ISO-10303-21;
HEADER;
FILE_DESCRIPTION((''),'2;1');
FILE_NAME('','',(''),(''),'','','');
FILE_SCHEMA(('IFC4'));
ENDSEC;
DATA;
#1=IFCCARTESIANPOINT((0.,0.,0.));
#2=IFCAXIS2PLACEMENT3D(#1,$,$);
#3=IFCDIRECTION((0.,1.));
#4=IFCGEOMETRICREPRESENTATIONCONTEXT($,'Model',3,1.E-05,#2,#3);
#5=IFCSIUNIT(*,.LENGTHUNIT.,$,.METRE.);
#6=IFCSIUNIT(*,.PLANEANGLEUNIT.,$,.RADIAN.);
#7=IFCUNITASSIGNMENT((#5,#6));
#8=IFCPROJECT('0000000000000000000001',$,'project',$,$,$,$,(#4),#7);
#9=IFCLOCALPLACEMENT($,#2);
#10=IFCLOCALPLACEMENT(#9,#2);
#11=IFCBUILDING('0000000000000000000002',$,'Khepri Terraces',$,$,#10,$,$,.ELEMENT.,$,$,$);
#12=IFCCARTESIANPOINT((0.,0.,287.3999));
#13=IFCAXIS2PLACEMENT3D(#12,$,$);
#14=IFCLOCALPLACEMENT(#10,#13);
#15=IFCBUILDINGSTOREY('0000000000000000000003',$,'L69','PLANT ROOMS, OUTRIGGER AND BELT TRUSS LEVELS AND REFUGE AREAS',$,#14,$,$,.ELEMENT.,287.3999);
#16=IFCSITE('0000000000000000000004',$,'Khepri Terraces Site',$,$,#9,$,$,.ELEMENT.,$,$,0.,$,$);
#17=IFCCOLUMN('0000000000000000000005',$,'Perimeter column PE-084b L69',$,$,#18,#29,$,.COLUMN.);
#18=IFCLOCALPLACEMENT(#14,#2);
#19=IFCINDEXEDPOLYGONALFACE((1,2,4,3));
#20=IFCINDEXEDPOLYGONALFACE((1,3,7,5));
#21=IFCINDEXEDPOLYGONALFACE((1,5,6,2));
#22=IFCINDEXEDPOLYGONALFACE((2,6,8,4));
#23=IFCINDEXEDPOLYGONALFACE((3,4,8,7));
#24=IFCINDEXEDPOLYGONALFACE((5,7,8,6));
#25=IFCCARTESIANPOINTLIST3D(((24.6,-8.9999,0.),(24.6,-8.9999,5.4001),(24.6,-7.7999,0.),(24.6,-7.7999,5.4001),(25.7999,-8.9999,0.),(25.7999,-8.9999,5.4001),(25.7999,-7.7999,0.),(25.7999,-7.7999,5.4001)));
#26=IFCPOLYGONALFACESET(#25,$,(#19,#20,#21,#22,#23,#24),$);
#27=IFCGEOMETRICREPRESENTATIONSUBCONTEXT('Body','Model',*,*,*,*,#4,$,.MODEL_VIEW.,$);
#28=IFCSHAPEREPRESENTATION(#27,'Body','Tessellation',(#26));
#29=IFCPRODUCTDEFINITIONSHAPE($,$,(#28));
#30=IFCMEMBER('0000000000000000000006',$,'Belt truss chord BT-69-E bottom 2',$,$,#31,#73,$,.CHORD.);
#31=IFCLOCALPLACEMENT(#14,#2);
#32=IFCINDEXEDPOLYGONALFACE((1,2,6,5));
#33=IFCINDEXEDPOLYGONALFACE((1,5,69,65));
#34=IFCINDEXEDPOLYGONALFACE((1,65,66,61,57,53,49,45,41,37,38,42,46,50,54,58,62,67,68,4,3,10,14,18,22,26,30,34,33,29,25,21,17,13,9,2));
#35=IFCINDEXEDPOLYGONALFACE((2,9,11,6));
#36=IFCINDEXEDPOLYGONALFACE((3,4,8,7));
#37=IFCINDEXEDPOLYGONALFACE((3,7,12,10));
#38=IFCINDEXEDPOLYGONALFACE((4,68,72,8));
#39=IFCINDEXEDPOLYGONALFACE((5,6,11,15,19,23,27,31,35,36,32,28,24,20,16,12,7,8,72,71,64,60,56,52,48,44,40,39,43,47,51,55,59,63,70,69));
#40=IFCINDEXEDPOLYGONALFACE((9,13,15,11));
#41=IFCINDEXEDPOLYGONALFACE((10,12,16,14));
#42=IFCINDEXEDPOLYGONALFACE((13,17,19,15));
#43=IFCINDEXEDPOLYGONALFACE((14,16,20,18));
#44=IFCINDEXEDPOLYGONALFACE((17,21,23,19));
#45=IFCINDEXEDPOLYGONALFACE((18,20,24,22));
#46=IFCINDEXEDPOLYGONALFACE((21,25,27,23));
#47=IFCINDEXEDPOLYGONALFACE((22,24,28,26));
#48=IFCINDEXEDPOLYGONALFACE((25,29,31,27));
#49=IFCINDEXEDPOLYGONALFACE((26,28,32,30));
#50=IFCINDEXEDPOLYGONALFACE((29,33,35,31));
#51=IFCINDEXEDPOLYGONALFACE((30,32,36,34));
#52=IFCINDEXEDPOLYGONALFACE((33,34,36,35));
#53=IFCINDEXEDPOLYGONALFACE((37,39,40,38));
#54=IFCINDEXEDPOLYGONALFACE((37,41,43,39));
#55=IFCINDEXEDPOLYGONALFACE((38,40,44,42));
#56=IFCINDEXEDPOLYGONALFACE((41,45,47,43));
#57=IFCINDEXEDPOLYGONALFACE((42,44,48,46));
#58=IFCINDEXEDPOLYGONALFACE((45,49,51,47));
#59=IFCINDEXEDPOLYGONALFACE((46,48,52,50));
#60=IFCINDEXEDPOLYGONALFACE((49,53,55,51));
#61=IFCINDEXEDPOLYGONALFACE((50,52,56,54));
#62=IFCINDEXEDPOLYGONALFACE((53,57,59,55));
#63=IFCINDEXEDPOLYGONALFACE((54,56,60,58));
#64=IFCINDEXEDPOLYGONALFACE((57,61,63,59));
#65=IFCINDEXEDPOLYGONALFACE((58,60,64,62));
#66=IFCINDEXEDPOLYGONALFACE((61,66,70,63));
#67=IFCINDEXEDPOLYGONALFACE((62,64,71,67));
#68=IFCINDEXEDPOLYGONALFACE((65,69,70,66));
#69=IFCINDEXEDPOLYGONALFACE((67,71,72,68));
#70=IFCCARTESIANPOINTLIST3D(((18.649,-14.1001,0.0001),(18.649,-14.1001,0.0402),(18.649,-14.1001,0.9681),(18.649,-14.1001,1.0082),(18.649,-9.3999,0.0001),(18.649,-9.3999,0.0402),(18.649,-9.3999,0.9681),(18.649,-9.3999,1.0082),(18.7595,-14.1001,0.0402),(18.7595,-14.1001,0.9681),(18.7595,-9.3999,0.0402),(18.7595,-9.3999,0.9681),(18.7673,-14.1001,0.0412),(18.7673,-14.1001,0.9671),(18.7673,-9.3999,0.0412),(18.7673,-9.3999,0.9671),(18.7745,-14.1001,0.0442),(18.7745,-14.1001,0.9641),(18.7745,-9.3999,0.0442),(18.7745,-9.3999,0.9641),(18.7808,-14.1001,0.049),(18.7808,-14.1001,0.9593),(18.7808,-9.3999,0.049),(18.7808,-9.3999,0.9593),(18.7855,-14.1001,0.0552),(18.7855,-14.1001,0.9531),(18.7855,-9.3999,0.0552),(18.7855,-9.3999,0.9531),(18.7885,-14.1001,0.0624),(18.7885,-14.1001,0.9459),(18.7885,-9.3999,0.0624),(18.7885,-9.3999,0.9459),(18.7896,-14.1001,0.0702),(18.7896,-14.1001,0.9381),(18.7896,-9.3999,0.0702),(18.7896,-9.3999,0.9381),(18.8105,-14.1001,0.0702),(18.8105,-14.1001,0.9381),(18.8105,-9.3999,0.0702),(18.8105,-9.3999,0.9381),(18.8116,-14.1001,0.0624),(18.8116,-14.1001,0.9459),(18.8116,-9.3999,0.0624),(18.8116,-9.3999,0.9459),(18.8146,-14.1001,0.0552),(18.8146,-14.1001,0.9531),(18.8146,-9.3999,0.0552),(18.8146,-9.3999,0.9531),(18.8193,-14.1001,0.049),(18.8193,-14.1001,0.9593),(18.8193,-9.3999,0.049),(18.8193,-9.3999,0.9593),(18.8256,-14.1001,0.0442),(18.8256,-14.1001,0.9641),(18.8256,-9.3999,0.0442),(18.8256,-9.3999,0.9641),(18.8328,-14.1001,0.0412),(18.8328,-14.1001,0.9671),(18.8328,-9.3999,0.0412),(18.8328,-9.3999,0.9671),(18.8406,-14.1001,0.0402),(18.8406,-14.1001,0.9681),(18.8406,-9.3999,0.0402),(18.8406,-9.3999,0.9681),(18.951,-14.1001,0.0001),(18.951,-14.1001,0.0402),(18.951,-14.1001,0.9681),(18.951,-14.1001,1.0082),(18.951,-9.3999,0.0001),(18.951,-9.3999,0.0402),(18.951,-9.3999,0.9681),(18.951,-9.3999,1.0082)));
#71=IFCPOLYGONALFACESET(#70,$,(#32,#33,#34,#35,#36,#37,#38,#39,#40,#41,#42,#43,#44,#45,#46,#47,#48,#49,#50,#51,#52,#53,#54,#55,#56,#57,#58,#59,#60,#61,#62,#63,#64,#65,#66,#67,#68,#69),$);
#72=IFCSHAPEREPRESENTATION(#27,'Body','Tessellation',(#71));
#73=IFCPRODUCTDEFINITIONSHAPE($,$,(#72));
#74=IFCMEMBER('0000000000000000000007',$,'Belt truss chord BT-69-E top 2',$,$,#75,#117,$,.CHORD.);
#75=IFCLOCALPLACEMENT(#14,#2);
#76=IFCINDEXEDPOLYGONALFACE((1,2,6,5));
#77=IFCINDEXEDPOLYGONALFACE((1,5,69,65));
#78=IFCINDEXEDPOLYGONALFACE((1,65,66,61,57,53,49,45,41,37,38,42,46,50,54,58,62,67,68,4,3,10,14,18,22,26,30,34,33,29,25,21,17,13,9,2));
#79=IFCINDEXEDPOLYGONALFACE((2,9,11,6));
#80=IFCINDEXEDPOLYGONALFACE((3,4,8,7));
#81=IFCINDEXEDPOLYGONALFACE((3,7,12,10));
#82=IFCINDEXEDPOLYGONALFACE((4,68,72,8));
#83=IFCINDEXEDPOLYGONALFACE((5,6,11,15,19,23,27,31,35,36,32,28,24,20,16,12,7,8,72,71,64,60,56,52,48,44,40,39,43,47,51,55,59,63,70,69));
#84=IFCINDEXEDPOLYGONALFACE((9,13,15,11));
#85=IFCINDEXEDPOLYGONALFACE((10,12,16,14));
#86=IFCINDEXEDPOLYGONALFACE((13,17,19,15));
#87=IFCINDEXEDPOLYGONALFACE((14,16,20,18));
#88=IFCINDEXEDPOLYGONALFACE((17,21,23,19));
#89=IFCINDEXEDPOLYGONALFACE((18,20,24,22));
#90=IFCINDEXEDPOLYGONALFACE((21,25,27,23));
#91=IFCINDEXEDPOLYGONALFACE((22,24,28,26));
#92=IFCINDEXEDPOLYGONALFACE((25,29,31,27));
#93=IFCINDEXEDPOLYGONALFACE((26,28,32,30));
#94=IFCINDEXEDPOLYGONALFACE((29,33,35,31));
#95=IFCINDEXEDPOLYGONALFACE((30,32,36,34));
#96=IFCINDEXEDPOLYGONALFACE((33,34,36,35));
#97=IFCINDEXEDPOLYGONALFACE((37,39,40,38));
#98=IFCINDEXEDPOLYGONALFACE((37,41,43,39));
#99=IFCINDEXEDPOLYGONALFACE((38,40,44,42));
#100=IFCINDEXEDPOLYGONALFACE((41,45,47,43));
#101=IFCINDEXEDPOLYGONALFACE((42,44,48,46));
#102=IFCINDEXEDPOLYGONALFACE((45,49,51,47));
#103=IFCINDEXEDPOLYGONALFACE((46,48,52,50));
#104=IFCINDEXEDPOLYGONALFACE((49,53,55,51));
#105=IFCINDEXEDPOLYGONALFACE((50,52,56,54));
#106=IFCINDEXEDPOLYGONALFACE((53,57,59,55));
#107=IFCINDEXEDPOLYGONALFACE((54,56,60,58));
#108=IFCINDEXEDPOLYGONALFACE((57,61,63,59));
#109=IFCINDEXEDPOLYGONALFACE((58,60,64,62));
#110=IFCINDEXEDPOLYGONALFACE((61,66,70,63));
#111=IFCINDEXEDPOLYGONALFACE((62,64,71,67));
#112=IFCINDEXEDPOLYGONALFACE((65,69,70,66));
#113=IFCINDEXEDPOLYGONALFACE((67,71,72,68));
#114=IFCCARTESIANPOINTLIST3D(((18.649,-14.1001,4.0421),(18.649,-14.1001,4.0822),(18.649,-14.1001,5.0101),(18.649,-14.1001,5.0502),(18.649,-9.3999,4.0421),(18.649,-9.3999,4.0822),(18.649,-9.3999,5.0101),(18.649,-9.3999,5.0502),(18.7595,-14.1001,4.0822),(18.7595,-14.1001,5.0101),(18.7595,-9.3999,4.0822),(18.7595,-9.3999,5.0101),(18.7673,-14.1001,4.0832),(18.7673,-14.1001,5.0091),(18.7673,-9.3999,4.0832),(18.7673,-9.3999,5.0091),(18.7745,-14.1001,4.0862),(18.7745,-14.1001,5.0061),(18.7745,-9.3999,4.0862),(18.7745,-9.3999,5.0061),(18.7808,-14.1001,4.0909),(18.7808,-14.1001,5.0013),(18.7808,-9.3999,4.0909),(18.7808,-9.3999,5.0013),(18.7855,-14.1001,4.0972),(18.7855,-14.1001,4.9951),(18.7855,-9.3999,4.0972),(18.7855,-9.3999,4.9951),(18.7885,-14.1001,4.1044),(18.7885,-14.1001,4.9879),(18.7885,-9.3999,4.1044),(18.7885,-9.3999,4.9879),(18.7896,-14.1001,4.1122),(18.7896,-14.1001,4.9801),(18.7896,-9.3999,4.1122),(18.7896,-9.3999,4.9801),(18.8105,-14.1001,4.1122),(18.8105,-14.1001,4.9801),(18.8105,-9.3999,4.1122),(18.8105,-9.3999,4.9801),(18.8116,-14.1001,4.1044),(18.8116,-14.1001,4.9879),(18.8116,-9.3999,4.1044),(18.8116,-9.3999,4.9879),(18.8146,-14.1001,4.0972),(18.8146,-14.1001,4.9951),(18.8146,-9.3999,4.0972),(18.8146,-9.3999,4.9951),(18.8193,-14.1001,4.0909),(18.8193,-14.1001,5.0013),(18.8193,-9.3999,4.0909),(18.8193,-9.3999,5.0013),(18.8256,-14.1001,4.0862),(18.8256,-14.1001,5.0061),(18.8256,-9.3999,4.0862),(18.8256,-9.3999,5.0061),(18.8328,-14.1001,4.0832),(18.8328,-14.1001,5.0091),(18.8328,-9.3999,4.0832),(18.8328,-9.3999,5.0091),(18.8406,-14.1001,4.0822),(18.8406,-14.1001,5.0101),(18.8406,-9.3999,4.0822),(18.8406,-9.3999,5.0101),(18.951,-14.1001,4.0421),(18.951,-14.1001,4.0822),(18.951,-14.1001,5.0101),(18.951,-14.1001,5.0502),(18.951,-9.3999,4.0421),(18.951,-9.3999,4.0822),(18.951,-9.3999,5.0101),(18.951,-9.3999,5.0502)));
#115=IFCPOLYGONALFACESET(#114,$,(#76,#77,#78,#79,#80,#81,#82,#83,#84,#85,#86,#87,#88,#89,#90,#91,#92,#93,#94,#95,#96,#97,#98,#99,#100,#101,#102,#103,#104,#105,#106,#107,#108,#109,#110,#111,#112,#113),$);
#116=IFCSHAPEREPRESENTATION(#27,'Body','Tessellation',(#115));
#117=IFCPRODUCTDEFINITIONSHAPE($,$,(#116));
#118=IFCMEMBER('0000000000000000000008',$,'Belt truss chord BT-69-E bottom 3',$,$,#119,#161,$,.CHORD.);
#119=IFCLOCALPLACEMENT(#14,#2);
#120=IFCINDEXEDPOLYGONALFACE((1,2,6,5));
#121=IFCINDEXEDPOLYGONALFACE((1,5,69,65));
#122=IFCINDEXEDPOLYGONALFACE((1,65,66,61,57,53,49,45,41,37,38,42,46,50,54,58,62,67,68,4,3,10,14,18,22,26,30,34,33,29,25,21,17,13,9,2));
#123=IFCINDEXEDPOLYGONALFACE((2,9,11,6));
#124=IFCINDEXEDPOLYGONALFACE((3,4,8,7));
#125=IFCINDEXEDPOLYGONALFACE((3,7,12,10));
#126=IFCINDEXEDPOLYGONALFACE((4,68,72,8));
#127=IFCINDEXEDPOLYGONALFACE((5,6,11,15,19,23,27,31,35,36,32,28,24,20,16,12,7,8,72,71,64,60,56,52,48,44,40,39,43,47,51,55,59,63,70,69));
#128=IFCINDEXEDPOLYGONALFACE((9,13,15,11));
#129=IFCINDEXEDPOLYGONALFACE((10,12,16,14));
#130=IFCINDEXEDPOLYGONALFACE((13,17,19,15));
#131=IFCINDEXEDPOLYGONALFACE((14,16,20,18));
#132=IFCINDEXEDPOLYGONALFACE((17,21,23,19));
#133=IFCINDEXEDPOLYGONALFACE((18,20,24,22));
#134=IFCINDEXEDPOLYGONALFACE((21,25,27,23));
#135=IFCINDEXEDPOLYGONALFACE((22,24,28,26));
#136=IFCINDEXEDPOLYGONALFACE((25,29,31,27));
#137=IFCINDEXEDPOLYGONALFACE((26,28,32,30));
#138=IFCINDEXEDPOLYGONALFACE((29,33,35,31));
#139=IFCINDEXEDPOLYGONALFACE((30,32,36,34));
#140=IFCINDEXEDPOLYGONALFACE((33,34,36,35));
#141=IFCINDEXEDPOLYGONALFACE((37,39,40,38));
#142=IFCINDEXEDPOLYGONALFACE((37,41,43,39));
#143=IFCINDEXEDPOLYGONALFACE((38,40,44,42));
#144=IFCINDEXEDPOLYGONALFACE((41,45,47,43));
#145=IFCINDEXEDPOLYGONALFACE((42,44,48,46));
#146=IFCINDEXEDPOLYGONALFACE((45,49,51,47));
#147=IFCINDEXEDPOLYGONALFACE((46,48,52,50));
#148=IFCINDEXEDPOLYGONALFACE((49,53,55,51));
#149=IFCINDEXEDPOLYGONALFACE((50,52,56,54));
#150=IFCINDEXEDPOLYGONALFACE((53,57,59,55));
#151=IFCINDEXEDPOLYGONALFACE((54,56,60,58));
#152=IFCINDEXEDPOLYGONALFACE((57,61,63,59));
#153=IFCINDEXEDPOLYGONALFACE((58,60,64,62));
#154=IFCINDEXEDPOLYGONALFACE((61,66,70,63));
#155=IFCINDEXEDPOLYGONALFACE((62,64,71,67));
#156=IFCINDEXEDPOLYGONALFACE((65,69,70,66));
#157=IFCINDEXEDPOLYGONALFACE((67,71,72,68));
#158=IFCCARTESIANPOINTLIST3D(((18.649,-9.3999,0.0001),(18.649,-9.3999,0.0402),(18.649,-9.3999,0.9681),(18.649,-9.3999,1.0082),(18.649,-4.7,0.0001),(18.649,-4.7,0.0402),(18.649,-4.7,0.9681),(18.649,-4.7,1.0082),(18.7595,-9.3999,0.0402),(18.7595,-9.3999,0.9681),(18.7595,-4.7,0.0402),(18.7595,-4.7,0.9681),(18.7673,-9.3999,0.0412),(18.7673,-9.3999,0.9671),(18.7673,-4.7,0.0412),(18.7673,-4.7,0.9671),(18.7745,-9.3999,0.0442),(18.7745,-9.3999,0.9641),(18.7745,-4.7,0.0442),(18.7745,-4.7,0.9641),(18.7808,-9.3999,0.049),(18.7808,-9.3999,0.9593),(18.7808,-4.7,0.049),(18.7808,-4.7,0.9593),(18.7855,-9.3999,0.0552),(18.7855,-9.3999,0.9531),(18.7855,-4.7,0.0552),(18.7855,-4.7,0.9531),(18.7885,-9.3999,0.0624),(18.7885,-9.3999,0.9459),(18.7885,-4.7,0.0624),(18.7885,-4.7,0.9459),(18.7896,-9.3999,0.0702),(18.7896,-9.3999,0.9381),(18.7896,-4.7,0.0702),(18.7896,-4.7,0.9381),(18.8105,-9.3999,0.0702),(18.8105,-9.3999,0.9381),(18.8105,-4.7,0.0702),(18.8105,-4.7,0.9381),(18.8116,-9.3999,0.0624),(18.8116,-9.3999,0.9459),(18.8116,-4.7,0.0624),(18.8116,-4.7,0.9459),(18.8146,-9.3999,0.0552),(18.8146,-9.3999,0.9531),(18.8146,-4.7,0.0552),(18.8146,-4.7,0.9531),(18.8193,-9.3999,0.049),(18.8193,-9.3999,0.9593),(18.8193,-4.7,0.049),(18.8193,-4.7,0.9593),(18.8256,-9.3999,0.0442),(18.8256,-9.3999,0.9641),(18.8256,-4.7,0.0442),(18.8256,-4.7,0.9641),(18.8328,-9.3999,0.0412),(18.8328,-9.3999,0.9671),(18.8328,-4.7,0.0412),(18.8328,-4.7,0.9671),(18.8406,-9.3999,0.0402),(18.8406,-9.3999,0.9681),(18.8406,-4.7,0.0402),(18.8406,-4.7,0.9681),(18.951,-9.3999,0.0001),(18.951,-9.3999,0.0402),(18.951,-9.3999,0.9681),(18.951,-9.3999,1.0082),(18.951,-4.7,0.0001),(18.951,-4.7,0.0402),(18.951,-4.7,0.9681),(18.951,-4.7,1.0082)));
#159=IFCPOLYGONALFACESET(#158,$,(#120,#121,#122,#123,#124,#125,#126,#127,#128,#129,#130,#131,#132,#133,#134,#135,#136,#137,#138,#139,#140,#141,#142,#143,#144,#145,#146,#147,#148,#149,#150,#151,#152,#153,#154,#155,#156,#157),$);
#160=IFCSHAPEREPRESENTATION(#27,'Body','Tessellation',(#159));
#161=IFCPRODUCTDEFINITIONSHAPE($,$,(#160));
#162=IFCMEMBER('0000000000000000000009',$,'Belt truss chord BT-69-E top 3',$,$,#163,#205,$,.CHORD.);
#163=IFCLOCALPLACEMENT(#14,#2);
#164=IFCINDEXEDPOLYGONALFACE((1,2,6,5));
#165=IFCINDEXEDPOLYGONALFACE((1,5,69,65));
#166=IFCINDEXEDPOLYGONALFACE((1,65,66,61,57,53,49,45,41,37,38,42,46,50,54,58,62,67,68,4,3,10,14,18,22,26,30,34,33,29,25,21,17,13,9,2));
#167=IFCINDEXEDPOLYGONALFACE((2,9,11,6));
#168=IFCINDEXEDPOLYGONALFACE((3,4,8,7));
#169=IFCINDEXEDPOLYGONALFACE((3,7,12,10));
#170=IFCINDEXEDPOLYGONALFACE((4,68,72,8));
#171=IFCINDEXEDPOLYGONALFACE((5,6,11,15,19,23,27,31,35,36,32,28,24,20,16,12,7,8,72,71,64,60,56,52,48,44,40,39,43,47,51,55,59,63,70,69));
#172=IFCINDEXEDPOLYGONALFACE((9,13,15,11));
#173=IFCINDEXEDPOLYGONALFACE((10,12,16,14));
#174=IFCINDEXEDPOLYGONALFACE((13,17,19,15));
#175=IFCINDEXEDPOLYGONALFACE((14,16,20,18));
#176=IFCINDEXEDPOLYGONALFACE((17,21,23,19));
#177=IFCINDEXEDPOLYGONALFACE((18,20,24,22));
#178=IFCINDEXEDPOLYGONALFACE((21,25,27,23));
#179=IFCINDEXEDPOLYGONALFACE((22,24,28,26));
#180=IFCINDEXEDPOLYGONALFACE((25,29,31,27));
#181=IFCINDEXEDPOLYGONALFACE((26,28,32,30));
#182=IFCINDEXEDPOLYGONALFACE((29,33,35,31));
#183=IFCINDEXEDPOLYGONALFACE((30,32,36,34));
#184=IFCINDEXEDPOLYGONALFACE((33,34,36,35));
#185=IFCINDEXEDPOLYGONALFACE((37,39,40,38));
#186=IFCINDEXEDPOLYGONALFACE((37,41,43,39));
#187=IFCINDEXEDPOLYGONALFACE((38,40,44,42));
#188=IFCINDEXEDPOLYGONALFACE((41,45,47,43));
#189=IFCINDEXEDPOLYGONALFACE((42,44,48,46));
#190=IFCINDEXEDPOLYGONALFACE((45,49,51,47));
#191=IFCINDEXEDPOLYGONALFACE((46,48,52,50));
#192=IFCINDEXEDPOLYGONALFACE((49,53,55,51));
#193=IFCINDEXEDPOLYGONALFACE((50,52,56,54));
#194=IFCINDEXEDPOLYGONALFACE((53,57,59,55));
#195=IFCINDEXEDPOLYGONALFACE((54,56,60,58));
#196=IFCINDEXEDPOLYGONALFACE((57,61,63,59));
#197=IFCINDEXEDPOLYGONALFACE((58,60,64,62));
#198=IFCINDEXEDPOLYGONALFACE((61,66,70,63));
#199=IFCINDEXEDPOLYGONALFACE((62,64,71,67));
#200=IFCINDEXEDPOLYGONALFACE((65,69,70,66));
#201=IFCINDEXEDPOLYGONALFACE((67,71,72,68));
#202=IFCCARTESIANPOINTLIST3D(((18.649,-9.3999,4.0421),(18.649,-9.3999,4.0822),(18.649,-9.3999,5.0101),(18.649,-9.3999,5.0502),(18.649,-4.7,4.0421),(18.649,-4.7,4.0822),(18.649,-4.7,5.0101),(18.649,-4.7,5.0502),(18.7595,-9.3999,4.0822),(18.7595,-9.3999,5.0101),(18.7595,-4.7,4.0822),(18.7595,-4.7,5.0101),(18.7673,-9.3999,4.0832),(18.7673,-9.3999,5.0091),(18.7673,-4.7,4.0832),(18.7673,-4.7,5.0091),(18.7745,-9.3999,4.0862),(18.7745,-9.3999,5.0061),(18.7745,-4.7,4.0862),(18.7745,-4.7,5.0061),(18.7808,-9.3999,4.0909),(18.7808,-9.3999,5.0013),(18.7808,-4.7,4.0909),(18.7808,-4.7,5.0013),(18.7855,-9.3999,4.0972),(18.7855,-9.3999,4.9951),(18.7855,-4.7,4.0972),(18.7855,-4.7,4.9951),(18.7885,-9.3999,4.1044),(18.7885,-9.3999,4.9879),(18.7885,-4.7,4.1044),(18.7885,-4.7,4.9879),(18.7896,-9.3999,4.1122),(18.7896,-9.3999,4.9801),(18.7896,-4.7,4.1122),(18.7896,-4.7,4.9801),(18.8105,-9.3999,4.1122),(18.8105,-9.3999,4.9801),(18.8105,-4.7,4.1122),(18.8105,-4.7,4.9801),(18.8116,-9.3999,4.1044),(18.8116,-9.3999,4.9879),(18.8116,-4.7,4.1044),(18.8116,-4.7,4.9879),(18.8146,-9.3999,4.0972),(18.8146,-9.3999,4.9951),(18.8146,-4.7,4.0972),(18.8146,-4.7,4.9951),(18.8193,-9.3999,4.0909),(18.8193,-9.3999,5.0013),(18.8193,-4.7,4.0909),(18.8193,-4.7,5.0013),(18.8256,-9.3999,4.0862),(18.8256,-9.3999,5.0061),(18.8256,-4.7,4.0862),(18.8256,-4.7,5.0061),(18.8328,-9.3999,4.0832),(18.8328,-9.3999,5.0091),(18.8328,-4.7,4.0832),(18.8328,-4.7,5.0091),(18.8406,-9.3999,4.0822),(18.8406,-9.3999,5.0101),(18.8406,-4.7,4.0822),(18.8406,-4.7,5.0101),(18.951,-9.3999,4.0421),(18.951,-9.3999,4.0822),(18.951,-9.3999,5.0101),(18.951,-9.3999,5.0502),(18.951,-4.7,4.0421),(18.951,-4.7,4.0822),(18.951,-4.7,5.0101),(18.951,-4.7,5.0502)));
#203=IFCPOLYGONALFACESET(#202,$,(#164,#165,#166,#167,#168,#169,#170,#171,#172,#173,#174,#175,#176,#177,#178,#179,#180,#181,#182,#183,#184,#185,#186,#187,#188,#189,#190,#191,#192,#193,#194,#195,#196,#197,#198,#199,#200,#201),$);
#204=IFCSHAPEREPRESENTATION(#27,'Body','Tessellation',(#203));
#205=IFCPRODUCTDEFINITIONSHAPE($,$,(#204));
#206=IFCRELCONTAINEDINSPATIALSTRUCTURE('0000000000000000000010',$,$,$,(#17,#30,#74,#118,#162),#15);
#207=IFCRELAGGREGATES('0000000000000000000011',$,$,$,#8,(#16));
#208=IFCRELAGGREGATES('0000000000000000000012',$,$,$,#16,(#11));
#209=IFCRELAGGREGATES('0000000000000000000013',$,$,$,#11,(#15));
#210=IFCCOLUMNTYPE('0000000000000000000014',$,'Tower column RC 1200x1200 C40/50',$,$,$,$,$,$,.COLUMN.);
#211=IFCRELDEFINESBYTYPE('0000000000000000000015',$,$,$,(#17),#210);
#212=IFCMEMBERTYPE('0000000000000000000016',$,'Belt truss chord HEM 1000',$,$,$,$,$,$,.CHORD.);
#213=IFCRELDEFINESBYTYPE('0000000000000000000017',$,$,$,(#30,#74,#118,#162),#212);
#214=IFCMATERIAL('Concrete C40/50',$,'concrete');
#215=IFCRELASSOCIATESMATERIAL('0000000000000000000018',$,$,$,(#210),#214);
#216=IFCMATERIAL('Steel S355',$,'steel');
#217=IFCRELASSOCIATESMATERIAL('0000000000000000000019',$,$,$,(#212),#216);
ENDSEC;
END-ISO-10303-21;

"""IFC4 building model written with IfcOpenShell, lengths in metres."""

from ifc_helpers import new_model, si_unit, direction, frame, origin, origin_2d, place, context, subcontext, project, spatial, rectangle, i_section, extrude, material, material_profile, profile_set, type_object, element, save


model = new_model("IFC4")

# Units and contexts
model_context = context("Model", 3, precision=1e-05, world=origin(), true_north=direction((0.0, 1.0)))
body_context = subcontext(model_context, "Body", "Model", "MODEL_VIEW")
ifc_project = project(units=[si_unit("LENGTHUNIT", "METRE"), si_unit("PLANEANGLEUNIT", "RADIAN")], contexts=[model_context])

# Site, building, storey
site_placement = place(None, origin())
site = spatial("IfcSite", under=ifc_project, at=site_placement, Name="Khepri Terraces Site", CompositionType="ELEMENT", RefElevation=0.0)
building_placement = place(site_placement, origin())
building = spatial("IfcBuilding", under=site, at=building_placement, Name="Khepri Terraces", CompositionType="ELEMENT")
storey_placement = place(building_placement, frame((0.0, 0.0, 287.3999)))
storey = spatial("IfcBuildingStorey", under=building, at=storey_placement, Name="L69", Description="PLANT ROOMS, OUTRIGGER AND BELT TRUSS LEVELS AND REFUGE AREAS", CompositionType="ELEMENT", Elevation=287.3999)

# Column
ifc_material_1 = material(Name="Concrete C40/50", Category="concrete")
ifc_material_profile_1 = material_profile(ifc_material_1, rectangle(XDim=1.2, YDim=1.2, at=origin_2d()), Name="Concrete C40/50", Category="concrete")
ifc_profile_set_1 = profile_set([ifc_material_profile_1], Name="Concrete C40/50")
column_type = type_object("IfcColumnType", Name="Tower column RC 1200x1200 C40/50", PredefinedType="COLUMN", material=ifc_profile_set_1)
column_placement = place(storey_placement, frame((25.2, -8.3999, 0.0), z_axis=(0.0, 0.0, 1.0), x_axis=(1.0, 0.0, 0.0)))
element("IfcColumn", 1, at=column_placement, inside=storey, type_object=column_type, Name="Perimeter column PE-084b L69", PredefinedType="COLUMN", context=body_context, shape_type="SweptSolid", body=[
    extrude(rectangle(XDim=1.2, YDim=1.2, at=origin_2d()), origin(), (0.0, 0.0, 1.0), 5.4001),
])

# Members
ifc_material_2 = material(Name="Steel S355", Category="steel")
ifc_material_profile_2 = material_profile(ifc_material_2, i_section(OverallWidth=0.302, OverallDepth=1.0081, WebThickness=0.021, FlangeThickness=0.04, FilletRadius=0.03, at=origin_2d()), Name="Steel S355", Category="steel")
ifc_profile_set_2 = profile_set([ifc_material_profile_2], Name="Steel S355")
member_type_1 = type_object("IfcMemberType", Name="Belt truss chord HEM 1000", PredefinedType="CHORD", material=ifc_profile_set_2)
for number, where, z_axis, x_axis, name in (
    (2, (18.8, -14.1001, 0.5042), (0.0, 1.0, 0.0), (-1.0, 0.0, 0.0), "Belt truss chord BT-69-E bottom 2"),
    (3, (18.8, -14.1001, 4.5461), (0.0, 1.0, 0.0), (-1.0, 0.0, 0.0), "Belt truss chord BT-69-E top 2"),
):
    element("IfcMember", number, at=place(storey_placement, frame(where, z_axis=z_axis, x_axis=x_axis)), inside=storey, type_object=member_type_1, Name=name, PredefinedType="CHORD", context=body_context, shape_type="SweptSolid", body=[
        extrude(i_section(OverallWidth=0.302, OverallDepth=1.0081, WebThickness=0.021, FlangeThickness=0.04, FilletRadius=0.03, at=origin_2d()), origin(), (0.0, 0.0, 1.0), 4.7002),
    ])
for number, where, z_axis, x_axis, name in (
    (4, (18.8, -9.3999, 0.5042), (0.0, 1.0, 0.0), (-1.0, 0.0, 0.0), "Belt truss chord BT-69-E bottom 3"),
    (5, (18.8, -9.3999, 4.5461), (0.0, 1.0, 0.0), (-1.0, 0.0, 0.0), "Belt truss chord BT-69-E top 3"),
):
    element("IfcMember", number, at=place(storey_placement, frame(where, z_axis=z_axis, x_axis=x_axis)), inside=storey, type_object=member_type_1, Name=name, PredefinedType="CHORD", context=body_context, shape_type="SweptSolid", body=[
        extrude(i_section(OverallWidth=0.302, OverallDepth=1.0081, WebThickness=0.021, FlangeThickness=0.04, FilletRadius=0.03, at=origin_2d()), origin(), (0.0, 0.0, 1.0), 4.7),
    ])

save(model, "model.ifc")
